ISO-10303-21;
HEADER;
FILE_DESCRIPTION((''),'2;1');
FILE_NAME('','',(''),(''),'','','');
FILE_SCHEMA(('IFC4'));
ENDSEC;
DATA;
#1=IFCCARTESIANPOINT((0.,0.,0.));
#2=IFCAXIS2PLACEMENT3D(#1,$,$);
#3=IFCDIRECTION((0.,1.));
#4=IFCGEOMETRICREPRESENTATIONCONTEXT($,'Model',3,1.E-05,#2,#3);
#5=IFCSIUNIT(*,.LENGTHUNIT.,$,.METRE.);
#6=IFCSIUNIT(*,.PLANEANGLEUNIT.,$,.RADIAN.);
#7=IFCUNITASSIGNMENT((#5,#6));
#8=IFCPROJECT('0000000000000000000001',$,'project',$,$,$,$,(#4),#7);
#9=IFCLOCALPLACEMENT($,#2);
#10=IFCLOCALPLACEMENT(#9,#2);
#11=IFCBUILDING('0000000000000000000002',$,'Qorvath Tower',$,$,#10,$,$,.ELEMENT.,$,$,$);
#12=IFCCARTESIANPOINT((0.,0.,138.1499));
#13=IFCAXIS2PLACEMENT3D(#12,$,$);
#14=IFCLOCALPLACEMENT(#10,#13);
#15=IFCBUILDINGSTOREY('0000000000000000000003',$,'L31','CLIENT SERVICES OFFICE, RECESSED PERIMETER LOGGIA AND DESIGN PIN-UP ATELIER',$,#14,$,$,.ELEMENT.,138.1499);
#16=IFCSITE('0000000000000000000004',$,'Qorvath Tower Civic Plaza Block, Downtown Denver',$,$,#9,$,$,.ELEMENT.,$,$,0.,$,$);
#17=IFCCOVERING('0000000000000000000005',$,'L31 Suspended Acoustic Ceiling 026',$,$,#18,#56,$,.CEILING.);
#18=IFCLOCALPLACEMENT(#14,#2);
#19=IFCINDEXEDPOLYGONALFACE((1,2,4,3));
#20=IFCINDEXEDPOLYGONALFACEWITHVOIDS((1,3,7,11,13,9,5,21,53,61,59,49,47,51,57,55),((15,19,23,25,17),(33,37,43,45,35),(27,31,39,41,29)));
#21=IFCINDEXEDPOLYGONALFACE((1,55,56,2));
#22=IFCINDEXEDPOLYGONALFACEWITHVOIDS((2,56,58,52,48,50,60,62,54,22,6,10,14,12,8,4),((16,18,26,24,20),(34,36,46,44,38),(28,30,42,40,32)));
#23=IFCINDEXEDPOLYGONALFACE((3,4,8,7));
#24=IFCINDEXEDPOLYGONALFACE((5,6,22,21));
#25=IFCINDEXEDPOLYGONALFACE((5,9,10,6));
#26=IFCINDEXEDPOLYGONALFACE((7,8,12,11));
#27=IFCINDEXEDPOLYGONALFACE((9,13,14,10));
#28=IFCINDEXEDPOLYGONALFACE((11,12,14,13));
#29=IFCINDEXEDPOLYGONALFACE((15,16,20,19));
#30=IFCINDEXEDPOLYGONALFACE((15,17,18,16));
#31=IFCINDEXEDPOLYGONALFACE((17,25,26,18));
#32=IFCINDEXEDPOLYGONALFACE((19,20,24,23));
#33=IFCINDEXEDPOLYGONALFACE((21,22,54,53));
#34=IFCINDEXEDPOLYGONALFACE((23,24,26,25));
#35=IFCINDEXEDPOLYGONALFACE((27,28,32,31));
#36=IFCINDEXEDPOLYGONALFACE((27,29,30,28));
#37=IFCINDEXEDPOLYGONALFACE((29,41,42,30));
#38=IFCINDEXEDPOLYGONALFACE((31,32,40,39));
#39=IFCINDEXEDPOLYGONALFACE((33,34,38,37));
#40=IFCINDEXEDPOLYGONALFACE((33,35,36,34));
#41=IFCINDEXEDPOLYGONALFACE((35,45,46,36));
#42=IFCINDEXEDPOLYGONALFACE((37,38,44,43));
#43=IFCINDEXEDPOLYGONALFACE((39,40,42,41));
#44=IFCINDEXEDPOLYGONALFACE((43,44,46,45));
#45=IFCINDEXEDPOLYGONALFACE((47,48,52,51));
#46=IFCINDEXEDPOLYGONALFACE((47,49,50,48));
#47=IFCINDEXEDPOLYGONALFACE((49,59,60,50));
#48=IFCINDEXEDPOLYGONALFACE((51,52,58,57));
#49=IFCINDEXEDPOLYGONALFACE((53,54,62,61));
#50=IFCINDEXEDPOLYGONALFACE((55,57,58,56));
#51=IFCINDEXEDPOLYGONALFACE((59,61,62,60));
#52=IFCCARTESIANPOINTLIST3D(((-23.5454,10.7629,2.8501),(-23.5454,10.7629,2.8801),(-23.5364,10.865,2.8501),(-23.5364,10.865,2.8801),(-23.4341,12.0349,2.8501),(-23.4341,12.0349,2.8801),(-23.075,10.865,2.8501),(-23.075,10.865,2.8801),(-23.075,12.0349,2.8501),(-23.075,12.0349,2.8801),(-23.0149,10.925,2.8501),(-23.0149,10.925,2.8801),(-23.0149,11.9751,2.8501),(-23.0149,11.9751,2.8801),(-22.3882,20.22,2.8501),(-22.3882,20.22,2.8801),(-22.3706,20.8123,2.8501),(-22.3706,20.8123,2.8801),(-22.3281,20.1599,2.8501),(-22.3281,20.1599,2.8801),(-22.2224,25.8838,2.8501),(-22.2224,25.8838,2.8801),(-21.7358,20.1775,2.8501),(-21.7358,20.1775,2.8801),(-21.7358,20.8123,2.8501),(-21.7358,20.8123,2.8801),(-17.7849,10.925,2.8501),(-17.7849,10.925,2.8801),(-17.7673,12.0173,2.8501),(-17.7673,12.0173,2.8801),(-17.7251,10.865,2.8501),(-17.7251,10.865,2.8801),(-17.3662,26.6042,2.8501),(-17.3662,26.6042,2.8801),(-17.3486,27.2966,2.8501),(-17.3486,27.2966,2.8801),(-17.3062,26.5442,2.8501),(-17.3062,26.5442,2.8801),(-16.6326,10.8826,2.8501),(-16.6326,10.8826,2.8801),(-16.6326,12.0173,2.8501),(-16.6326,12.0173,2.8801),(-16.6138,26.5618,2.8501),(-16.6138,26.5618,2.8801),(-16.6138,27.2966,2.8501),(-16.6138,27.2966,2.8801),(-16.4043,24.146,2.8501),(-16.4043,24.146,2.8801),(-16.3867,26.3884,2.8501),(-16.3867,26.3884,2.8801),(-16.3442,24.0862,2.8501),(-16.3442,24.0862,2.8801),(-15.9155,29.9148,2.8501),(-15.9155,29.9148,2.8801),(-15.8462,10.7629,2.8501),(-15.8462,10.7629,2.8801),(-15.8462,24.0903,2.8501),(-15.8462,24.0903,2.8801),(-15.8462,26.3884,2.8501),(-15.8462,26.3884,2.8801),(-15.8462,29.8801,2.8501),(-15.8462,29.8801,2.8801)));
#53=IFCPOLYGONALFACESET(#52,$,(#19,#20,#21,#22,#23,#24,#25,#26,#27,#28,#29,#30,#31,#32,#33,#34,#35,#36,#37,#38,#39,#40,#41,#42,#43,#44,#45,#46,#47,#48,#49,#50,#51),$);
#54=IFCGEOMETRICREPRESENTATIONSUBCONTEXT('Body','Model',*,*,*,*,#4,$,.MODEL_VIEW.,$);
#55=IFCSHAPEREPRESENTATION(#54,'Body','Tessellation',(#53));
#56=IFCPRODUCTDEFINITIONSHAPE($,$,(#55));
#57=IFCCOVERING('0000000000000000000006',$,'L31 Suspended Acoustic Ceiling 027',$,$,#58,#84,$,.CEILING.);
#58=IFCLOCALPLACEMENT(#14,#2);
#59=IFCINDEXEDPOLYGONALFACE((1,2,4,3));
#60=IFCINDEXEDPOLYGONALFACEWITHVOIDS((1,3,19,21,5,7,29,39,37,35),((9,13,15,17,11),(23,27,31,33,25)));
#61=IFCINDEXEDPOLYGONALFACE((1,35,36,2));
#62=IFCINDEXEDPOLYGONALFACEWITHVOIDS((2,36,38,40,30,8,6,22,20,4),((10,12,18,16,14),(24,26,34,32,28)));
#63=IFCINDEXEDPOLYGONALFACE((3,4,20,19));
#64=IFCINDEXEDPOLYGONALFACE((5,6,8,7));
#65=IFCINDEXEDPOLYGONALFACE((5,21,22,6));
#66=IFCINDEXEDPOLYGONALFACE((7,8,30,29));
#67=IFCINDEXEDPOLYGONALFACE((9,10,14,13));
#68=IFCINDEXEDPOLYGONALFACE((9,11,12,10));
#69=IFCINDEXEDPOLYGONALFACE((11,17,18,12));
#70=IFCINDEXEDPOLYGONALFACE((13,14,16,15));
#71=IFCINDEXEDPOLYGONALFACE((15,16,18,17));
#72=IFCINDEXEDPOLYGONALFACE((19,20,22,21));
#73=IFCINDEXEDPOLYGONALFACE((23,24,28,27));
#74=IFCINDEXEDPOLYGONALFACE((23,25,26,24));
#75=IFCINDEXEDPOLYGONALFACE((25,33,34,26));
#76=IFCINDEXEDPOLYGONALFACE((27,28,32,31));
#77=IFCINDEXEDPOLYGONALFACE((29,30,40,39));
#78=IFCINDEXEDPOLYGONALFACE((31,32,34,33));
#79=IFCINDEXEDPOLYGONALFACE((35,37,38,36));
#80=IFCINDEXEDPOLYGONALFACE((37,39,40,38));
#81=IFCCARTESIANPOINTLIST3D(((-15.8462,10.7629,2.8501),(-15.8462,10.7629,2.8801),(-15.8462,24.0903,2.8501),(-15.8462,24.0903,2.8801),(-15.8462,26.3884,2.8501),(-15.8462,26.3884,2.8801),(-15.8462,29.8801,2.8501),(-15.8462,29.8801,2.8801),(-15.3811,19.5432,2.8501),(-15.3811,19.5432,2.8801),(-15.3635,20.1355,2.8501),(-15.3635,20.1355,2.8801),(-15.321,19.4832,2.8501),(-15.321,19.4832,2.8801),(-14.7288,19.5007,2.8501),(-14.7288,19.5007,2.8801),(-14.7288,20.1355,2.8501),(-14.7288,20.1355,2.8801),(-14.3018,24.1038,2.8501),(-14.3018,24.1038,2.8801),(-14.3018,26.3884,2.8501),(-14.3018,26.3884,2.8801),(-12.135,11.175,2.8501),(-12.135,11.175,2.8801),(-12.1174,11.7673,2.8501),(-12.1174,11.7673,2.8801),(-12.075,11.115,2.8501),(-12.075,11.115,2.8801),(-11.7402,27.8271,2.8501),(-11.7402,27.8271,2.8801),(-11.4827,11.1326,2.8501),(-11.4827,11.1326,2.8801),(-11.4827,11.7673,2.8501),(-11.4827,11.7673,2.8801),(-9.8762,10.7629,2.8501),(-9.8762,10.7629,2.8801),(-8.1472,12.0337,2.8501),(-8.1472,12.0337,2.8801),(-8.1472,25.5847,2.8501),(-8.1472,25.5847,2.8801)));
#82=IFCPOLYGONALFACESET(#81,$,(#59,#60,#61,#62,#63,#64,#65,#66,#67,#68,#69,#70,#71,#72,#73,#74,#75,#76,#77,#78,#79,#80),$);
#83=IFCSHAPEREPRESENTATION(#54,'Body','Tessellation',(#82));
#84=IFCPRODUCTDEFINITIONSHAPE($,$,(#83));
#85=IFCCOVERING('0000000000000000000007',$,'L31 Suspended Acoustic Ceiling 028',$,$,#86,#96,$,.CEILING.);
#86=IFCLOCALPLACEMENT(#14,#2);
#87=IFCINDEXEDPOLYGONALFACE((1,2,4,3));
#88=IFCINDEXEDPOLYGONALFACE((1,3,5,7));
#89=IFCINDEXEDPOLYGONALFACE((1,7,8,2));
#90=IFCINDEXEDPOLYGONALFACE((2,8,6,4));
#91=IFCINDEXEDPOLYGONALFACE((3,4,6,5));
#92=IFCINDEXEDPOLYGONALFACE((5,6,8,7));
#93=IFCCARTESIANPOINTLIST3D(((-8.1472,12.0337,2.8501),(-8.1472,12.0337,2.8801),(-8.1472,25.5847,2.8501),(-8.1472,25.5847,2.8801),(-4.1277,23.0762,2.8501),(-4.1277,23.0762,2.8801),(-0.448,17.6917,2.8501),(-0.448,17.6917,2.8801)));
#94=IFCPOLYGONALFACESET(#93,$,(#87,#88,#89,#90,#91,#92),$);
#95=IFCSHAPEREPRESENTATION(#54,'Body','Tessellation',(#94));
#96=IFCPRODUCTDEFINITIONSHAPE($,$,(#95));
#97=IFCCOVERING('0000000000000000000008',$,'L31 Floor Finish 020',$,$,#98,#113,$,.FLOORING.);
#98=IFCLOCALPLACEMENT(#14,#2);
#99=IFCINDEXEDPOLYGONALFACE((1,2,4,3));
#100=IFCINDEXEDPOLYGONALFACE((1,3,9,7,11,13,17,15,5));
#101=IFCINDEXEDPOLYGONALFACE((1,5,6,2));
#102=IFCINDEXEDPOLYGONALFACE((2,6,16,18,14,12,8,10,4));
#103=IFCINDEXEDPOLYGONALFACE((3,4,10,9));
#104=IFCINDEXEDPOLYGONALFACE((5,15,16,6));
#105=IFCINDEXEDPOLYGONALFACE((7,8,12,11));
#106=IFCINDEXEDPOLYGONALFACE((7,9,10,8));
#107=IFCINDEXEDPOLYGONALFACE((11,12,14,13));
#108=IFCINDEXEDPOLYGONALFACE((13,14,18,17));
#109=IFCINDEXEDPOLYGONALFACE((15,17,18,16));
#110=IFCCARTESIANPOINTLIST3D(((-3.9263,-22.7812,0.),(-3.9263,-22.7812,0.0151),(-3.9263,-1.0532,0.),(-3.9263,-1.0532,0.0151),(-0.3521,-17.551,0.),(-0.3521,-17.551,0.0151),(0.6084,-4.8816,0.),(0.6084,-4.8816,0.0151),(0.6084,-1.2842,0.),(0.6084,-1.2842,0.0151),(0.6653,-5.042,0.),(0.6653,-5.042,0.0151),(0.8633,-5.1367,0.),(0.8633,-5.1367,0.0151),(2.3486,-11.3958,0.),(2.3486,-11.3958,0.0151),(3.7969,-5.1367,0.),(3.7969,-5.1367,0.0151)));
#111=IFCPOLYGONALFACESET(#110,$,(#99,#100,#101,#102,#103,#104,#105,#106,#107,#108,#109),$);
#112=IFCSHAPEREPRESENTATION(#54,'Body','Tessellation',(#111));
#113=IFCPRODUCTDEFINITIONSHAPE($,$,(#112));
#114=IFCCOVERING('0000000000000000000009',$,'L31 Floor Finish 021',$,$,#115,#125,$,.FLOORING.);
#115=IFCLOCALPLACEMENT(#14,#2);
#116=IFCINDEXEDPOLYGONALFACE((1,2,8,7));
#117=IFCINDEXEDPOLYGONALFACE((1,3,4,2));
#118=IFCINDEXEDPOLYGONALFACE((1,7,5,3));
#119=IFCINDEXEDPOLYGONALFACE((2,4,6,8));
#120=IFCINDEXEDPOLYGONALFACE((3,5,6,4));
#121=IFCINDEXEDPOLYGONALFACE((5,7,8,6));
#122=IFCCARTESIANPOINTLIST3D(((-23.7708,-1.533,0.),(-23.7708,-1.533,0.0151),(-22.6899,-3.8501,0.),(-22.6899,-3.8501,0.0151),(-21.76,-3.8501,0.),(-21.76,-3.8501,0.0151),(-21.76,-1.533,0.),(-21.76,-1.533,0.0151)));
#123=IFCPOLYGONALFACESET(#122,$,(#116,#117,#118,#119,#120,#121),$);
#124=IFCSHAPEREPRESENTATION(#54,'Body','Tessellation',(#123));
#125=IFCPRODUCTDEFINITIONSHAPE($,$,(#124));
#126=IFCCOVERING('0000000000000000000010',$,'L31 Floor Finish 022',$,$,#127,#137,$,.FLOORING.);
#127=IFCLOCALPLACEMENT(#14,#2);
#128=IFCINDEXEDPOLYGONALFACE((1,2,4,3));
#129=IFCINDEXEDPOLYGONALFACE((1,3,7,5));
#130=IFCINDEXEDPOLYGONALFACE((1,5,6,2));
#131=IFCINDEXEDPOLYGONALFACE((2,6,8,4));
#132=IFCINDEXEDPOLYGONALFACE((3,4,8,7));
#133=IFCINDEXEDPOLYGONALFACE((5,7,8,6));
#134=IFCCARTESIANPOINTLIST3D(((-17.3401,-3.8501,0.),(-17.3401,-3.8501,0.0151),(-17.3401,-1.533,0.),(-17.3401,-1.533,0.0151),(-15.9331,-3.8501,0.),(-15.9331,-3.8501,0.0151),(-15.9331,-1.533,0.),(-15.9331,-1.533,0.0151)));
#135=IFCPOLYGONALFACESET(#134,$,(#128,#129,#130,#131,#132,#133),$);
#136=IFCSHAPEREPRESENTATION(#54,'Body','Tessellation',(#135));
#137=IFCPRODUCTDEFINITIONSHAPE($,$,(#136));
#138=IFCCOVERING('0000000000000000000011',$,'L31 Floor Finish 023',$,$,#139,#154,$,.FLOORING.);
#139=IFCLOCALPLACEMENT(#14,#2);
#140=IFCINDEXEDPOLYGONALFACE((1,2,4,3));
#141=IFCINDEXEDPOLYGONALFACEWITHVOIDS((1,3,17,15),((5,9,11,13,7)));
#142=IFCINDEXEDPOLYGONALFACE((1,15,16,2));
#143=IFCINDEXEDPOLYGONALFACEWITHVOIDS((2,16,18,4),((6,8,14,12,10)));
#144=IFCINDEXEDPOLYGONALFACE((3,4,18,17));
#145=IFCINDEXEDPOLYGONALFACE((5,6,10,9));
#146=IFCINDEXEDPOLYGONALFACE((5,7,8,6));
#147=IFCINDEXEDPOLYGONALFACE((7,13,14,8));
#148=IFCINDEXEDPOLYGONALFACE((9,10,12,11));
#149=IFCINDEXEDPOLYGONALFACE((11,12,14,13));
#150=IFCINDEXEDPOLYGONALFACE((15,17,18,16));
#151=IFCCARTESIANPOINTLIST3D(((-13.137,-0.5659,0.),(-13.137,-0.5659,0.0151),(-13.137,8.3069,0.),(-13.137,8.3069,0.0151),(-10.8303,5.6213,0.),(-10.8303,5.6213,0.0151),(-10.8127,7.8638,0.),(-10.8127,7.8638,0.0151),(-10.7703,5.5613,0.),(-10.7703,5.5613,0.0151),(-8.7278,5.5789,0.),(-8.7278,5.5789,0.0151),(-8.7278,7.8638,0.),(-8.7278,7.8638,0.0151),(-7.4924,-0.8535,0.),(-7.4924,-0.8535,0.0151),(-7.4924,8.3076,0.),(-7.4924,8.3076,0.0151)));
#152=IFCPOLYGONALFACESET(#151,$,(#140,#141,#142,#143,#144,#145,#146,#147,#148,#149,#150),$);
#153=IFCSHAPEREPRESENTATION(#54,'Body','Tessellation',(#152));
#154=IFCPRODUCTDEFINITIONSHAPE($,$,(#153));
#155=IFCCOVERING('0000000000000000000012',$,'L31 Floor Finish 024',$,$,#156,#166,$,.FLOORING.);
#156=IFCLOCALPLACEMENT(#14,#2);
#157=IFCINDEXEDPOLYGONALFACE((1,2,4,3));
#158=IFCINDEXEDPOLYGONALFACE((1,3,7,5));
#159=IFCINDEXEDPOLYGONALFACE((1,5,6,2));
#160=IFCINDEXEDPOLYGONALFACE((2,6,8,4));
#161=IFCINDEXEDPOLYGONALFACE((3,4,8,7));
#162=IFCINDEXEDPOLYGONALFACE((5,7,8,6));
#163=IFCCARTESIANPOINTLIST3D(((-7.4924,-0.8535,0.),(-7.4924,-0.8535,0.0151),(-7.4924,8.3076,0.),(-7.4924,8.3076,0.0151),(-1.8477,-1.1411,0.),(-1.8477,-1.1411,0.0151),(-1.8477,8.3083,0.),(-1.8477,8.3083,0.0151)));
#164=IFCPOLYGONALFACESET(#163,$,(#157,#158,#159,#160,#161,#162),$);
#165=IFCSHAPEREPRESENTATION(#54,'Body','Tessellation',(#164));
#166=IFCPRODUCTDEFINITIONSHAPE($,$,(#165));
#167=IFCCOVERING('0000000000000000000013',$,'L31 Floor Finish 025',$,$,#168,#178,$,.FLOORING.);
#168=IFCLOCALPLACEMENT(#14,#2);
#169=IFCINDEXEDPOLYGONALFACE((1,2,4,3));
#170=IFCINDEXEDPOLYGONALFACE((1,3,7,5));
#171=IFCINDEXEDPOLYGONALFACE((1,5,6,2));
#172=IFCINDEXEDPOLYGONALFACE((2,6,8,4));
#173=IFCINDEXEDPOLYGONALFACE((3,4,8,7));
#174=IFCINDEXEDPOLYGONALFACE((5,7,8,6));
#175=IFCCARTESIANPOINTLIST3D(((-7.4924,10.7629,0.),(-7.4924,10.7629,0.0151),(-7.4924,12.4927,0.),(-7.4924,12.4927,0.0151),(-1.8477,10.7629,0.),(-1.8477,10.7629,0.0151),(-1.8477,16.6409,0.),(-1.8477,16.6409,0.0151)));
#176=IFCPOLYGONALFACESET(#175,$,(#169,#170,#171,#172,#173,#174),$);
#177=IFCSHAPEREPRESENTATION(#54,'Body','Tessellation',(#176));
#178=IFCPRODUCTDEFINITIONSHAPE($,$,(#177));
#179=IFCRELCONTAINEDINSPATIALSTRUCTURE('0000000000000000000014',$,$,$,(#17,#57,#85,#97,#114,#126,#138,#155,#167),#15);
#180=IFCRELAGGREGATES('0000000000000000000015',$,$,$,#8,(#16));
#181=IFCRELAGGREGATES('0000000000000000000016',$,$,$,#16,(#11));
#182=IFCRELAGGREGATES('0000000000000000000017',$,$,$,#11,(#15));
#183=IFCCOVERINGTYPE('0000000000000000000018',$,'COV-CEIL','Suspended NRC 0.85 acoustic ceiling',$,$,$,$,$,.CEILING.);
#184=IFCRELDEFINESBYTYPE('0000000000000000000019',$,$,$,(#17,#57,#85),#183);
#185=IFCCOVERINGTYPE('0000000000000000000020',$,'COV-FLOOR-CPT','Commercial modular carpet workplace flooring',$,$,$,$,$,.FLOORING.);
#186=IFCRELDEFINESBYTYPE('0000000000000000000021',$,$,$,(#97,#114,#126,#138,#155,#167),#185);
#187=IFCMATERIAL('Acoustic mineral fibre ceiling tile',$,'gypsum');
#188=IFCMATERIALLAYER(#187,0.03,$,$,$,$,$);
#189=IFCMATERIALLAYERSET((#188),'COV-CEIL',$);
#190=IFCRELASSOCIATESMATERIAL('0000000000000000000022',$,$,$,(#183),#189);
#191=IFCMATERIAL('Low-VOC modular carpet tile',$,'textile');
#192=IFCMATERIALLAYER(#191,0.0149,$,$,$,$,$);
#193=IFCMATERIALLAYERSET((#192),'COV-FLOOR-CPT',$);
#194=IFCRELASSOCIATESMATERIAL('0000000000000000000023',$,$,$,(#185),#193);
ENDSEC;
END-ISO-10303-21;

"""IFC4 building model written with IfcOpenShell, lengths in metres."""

from ifc_helpers import new_model, si_unit, direction, frame, origin, place, context, subcontext, project, spatial, polyline, outline, extrude, material, layer, layer_set, type_object, element, save


model = new_model("IFC4")

# Units and contexts
model_context = context("Model", 3, precision=1e-05, world=origin(), true_north=direction((0.0, 1.0)))
body_context = subcontext(model_context, "Body", "Model", "MODEL_VIEW")
ifc_project = project(units=[si_unit("LENGTHUNIT", "METRE"), si_unit("PLANEANGLEUNIT", "RADIAN")], contexts=[model_context])

# Site, building, storey
site_placement = place(None, origin())
site = spatial("IfcSite", under=ifc_project, at=site_placement, Name="Qorvath Tower Civic Plaza Block, Downtown Denver", CompositionType="ELEMENT", RefElevation=0.0)
building_placement = place(site_placement, origin())
building = spatial("IfcBuilding", under=site, at=building_placement, Name="Qorvath Tower", CompositionType="ELEMENT")
storey_placement = place(building_placement, frame((0.0, 0.0, 138.1499)))
storey = spatial("IfcBuildingStorey", under=building, at=storey_placement, Name="L31", Description="CLIENT SERVICES OFFICE, RECESSED PERIMETER LOGGIA AND DESIGN PIN-UP ATELIER", CompositionType="ELEMENT", Elevation=138.1499)

# Coverings
ifc_material_1 = material(Name="Acoustic mineral fibre ceiling tile", Category="gypsum")
ifc_layer_1 = layer(ifc_material_1, 0.03)
ifc_layer_set_1 = layer_set([ifc_layer_1], Name="COV-CEIL")
covering_type_1 = type_object("IfcCoveringType", Name="COV-CEIL", Description="Suspended NRC 0.85 acoustic ceiling", PredefinedType="CEILING", material=ifc_layer_set_1)
covering_1_placement = place(storey_placement, frame((0.0, 0.0, 2.8501)))
element("IfcCovering", 1, at=covering_1_placement, inside=storey, type_object=covering_type_1, Name="L31 Suspended Acoustic Ceiling 026", PredefinedType="CEILING", context=body_context, shape_type="SweptSolid", body=[
    extrude(outline(polyline([(-15.9155, 29.9148), (-22.2224, 25.8838), (-23.4341, 12.0349), (-23.075, 12.0349), (-23.0149, 11.9751), (-23.0149, 10.925), (-23.075, 10.865), (-23.5364, 10.865), (-23.5454, 10.7629), (-15.8462, 10.7629), (-15.8462, 24.0903), (-16.3442, 24.0862), (-16.4043, 24.146), (-16.3867, 26.3884), (-15.8462, 26.3884), (-15.8462, 29.8801), (-15.9155, 29.9148)]), holes=[polyline([(-17.3662, 26.6042), (-17.3486, 27.2966), (-16.6138, 27.2966), (-16.6138, 26.5618), (-17.3062, 26.5442), (-17.3662, 26.6042)]), polyline([(-17.7849, 10.925), (-17.7673, 12.0173), (-16.6326, 12.0173), (-16.6326, 10.8826), (-17.7251, 10.865), (-17.7849, 10.925)]), polyline([(-22.3882, 20.22), (-22.3706, 20.8123), (-21.7358, 20.8123), (-21.7358, 20.1775), (-22.3281, 20.1599), (-22.3882, 20.22)])]), origin(), (0.0, 0.0, 1.0), 0.03),
])
covering_2_placement = place(storey_placement, frame((0.0, 0.0, 2.8501)))
element("IfcCovering", 2, at=covering_2_placement, inside=storey, type_object=covering_type_1, Name="L31 Suspended Acoustic Ceiling 027", PredefinedType="CEILING", context=body_context, shape_type="SweptSolid", body=[
    extrude(outline(polyline([(-15.8462, 29.8801), (-15.8462, 26.3884), (-14.3018, 26.3884), (-14.3018, 24.1038), (-15.8462, 24.0903), (-15.8462, 10.7629), (-9.8762, 10.7629), (-8.1472, 12.0337), (-8.1472, 25.5847), (-11.7402, 27.8271), (-15.8462, 29.8801)]), holes=[polyline([(-12.135, 11.175), (-12.1174, 11.7673), (-11.4827, 11.7673), (-11.4827, 11.1326), (-12.075, 11.115), (-12.135, 11.175)]), polyline([(-15.3811, 19.5432), (-15.3635, 20.1355), (-14.7288, 20.1355), (-14.7288, 19.5007), (-15.321, 19.4832), (-15.3811, 19.5432)])]), origin(), (0.0, 0.0, 1.0), 0.03),
])
covering_3_placement = place(storey_placement, frame((0.0, 0.0, 2.8501)))
element("IfcCovering", 3, at=covering_3_placement, inside=storey, type_object=covering_type_1, Name="L31 Suspended Acoustic Ceiling 028", PredefinedType="CEILING", context=body_context, shape_type="SweptSolid", body=[
    extrude(outline(polyline([(-8.1472, 25.5847), (-8.1472, 12.0337), (-0.448, 17.6917), (-4.1277, 23.0762), (-8.1472, 25.5847)])), origin(), (0.0, 0.0, 1.0), 0.03),
])
ifc_material_2 = material(Name="Low-VOC modular carpet tile", Category="textile")
ifc_layer_2 = layer(ifc_material_2, 0.0149)
ifc_layer_set_2 = layer_set([ifc_layer_2], Name="COV-FLOOR-CPT")
covering_type_2 = type_object("IfcCoveringType", Name="COV-FLOOR-CPT", Description="Commercial modular carpet workplace flooring", PredefinedType="FLOORING", material=ifc_layer_set_2)
covering_4_placement = place(storey_placement, origin())
element("IfcCovering", 4, at=covering_4_placement, inside=storey, type_object=covering_type_2, Name="L31 Floor Finish 020", PredefinedType="FLOORING", context=body_context, shape_type="SweptSolid", body=[
    extrude(outline(polyline([(-3.9263, -1.0532), (-3.9263, -22.7812), (-0.3521, -17.551), (2.3486, -11.3958), (3.7969, -5.1367), (0.8633, -5.1367), (0.6653, -5.042), (0.6084, -4.8816), (0.6084, -1.2842), (-3.9263, -1.0532)])), origin(), (0.0, 0.0, 1.0), 0.0151),
])
covering_5_placement = place(storey_placement, origin())
element("IfcCovering", 5, at=covering_5_placement, inside=storey, type_object=covering_type_2, Name="L31 Floor Finish 021", PredefinedType="FLOORING", context=body_context, shape_type="SweptSolid", body=[
    extrude(outline(polyline([(-22.6899, -3.8501), (-21.76, -3.8501), (-21.76, -1.533), (-23.7708, -1.533), (-22.6899, -3.8501)])), origin(), (0.0, 0.0, 1.0), 0.0151),
])
covering_6_placement = place(storey_placement, origin())
element("IfcCovering", 6, at=covering_6_placement, inside=storey, type_object=covering_type_2, Name="L31 Floor Finish 022", PredefinedType="FLOORING", context=body_context, shape_type="SweptSolid", body=[
    extrude(outline(polyline([(-17.3401, -1.533), (-17.3401, -3.8501), (-15.9331, -3.8501), (-15.9331, -1.533), (-17.3401, -1.533)])), origin(), (0.0, 0.0, 1.0), 0.0151),
])
covering_7_placement = place(storey_placement, origin())
element("IfcCovering", 7, at=covering_7_placement, inside=storey, type_object=covering_type_2, Name="L31 Floor Finish 023", PredefinedType="FLOORING", context=body_context, shape_type="SweptSolid", body=[
    extrude(outline(polyline([(-7.4924, -0.8535), (-7.4924, 8.3076), (-13.137, 8.3069), (-13.137, -0.5659), (-7.4924, -0.8535)]), holes=[polyline([(-10.8303, 5.6213), (-10.8127, 7.8638), (-8.7278, 7.8638), (-8.7278, 5.5789), (-10.7703, 5.5613), (-10.8303, 5.6213)])]), origin(), (0.0, 0.0, 1.0), 0.0151),
])
covering_8_placement = place(storey_placement, origin())
element("IfcCovering", 8, at=covering_8_placement, inside=storey, type_object=covering_type_2, Name="L31 Floor Finish 024", PredefinedType="FLOORING", context=body_context, shape_type="SweptSolid", body=[
    extrude(outline(polyline([(-1.8477, -1.1411), (-1.8477, 8.3083), (-7.4924, 8.3076), (-7.4924, -0.8535), (-1.8477, -1.1411)])), origin(), (0.0, 0.0, 1.0), 0.0151),
])
covering_9_placement = place(storey_placement, origin())
element("IfcCovering", 9, at=covering_9_placement, inside=storey, type_object=covering_type_2, Name="L31 Floor Finish 025", PredefinedType="FLOORING", context=body_context, shape_type="SweptSolid", body=[
    extrude(outline(polyline([(-1.8477, 10.7629), (-1.8477, 16.6409), (-7.4924, 12.4927), (-7.4924, 10.7629), (-1.8477, 10.7629)])), origin(), (0.0, 0.0, 1.0), 0.0151),
])

save(model, "model.ifc")
